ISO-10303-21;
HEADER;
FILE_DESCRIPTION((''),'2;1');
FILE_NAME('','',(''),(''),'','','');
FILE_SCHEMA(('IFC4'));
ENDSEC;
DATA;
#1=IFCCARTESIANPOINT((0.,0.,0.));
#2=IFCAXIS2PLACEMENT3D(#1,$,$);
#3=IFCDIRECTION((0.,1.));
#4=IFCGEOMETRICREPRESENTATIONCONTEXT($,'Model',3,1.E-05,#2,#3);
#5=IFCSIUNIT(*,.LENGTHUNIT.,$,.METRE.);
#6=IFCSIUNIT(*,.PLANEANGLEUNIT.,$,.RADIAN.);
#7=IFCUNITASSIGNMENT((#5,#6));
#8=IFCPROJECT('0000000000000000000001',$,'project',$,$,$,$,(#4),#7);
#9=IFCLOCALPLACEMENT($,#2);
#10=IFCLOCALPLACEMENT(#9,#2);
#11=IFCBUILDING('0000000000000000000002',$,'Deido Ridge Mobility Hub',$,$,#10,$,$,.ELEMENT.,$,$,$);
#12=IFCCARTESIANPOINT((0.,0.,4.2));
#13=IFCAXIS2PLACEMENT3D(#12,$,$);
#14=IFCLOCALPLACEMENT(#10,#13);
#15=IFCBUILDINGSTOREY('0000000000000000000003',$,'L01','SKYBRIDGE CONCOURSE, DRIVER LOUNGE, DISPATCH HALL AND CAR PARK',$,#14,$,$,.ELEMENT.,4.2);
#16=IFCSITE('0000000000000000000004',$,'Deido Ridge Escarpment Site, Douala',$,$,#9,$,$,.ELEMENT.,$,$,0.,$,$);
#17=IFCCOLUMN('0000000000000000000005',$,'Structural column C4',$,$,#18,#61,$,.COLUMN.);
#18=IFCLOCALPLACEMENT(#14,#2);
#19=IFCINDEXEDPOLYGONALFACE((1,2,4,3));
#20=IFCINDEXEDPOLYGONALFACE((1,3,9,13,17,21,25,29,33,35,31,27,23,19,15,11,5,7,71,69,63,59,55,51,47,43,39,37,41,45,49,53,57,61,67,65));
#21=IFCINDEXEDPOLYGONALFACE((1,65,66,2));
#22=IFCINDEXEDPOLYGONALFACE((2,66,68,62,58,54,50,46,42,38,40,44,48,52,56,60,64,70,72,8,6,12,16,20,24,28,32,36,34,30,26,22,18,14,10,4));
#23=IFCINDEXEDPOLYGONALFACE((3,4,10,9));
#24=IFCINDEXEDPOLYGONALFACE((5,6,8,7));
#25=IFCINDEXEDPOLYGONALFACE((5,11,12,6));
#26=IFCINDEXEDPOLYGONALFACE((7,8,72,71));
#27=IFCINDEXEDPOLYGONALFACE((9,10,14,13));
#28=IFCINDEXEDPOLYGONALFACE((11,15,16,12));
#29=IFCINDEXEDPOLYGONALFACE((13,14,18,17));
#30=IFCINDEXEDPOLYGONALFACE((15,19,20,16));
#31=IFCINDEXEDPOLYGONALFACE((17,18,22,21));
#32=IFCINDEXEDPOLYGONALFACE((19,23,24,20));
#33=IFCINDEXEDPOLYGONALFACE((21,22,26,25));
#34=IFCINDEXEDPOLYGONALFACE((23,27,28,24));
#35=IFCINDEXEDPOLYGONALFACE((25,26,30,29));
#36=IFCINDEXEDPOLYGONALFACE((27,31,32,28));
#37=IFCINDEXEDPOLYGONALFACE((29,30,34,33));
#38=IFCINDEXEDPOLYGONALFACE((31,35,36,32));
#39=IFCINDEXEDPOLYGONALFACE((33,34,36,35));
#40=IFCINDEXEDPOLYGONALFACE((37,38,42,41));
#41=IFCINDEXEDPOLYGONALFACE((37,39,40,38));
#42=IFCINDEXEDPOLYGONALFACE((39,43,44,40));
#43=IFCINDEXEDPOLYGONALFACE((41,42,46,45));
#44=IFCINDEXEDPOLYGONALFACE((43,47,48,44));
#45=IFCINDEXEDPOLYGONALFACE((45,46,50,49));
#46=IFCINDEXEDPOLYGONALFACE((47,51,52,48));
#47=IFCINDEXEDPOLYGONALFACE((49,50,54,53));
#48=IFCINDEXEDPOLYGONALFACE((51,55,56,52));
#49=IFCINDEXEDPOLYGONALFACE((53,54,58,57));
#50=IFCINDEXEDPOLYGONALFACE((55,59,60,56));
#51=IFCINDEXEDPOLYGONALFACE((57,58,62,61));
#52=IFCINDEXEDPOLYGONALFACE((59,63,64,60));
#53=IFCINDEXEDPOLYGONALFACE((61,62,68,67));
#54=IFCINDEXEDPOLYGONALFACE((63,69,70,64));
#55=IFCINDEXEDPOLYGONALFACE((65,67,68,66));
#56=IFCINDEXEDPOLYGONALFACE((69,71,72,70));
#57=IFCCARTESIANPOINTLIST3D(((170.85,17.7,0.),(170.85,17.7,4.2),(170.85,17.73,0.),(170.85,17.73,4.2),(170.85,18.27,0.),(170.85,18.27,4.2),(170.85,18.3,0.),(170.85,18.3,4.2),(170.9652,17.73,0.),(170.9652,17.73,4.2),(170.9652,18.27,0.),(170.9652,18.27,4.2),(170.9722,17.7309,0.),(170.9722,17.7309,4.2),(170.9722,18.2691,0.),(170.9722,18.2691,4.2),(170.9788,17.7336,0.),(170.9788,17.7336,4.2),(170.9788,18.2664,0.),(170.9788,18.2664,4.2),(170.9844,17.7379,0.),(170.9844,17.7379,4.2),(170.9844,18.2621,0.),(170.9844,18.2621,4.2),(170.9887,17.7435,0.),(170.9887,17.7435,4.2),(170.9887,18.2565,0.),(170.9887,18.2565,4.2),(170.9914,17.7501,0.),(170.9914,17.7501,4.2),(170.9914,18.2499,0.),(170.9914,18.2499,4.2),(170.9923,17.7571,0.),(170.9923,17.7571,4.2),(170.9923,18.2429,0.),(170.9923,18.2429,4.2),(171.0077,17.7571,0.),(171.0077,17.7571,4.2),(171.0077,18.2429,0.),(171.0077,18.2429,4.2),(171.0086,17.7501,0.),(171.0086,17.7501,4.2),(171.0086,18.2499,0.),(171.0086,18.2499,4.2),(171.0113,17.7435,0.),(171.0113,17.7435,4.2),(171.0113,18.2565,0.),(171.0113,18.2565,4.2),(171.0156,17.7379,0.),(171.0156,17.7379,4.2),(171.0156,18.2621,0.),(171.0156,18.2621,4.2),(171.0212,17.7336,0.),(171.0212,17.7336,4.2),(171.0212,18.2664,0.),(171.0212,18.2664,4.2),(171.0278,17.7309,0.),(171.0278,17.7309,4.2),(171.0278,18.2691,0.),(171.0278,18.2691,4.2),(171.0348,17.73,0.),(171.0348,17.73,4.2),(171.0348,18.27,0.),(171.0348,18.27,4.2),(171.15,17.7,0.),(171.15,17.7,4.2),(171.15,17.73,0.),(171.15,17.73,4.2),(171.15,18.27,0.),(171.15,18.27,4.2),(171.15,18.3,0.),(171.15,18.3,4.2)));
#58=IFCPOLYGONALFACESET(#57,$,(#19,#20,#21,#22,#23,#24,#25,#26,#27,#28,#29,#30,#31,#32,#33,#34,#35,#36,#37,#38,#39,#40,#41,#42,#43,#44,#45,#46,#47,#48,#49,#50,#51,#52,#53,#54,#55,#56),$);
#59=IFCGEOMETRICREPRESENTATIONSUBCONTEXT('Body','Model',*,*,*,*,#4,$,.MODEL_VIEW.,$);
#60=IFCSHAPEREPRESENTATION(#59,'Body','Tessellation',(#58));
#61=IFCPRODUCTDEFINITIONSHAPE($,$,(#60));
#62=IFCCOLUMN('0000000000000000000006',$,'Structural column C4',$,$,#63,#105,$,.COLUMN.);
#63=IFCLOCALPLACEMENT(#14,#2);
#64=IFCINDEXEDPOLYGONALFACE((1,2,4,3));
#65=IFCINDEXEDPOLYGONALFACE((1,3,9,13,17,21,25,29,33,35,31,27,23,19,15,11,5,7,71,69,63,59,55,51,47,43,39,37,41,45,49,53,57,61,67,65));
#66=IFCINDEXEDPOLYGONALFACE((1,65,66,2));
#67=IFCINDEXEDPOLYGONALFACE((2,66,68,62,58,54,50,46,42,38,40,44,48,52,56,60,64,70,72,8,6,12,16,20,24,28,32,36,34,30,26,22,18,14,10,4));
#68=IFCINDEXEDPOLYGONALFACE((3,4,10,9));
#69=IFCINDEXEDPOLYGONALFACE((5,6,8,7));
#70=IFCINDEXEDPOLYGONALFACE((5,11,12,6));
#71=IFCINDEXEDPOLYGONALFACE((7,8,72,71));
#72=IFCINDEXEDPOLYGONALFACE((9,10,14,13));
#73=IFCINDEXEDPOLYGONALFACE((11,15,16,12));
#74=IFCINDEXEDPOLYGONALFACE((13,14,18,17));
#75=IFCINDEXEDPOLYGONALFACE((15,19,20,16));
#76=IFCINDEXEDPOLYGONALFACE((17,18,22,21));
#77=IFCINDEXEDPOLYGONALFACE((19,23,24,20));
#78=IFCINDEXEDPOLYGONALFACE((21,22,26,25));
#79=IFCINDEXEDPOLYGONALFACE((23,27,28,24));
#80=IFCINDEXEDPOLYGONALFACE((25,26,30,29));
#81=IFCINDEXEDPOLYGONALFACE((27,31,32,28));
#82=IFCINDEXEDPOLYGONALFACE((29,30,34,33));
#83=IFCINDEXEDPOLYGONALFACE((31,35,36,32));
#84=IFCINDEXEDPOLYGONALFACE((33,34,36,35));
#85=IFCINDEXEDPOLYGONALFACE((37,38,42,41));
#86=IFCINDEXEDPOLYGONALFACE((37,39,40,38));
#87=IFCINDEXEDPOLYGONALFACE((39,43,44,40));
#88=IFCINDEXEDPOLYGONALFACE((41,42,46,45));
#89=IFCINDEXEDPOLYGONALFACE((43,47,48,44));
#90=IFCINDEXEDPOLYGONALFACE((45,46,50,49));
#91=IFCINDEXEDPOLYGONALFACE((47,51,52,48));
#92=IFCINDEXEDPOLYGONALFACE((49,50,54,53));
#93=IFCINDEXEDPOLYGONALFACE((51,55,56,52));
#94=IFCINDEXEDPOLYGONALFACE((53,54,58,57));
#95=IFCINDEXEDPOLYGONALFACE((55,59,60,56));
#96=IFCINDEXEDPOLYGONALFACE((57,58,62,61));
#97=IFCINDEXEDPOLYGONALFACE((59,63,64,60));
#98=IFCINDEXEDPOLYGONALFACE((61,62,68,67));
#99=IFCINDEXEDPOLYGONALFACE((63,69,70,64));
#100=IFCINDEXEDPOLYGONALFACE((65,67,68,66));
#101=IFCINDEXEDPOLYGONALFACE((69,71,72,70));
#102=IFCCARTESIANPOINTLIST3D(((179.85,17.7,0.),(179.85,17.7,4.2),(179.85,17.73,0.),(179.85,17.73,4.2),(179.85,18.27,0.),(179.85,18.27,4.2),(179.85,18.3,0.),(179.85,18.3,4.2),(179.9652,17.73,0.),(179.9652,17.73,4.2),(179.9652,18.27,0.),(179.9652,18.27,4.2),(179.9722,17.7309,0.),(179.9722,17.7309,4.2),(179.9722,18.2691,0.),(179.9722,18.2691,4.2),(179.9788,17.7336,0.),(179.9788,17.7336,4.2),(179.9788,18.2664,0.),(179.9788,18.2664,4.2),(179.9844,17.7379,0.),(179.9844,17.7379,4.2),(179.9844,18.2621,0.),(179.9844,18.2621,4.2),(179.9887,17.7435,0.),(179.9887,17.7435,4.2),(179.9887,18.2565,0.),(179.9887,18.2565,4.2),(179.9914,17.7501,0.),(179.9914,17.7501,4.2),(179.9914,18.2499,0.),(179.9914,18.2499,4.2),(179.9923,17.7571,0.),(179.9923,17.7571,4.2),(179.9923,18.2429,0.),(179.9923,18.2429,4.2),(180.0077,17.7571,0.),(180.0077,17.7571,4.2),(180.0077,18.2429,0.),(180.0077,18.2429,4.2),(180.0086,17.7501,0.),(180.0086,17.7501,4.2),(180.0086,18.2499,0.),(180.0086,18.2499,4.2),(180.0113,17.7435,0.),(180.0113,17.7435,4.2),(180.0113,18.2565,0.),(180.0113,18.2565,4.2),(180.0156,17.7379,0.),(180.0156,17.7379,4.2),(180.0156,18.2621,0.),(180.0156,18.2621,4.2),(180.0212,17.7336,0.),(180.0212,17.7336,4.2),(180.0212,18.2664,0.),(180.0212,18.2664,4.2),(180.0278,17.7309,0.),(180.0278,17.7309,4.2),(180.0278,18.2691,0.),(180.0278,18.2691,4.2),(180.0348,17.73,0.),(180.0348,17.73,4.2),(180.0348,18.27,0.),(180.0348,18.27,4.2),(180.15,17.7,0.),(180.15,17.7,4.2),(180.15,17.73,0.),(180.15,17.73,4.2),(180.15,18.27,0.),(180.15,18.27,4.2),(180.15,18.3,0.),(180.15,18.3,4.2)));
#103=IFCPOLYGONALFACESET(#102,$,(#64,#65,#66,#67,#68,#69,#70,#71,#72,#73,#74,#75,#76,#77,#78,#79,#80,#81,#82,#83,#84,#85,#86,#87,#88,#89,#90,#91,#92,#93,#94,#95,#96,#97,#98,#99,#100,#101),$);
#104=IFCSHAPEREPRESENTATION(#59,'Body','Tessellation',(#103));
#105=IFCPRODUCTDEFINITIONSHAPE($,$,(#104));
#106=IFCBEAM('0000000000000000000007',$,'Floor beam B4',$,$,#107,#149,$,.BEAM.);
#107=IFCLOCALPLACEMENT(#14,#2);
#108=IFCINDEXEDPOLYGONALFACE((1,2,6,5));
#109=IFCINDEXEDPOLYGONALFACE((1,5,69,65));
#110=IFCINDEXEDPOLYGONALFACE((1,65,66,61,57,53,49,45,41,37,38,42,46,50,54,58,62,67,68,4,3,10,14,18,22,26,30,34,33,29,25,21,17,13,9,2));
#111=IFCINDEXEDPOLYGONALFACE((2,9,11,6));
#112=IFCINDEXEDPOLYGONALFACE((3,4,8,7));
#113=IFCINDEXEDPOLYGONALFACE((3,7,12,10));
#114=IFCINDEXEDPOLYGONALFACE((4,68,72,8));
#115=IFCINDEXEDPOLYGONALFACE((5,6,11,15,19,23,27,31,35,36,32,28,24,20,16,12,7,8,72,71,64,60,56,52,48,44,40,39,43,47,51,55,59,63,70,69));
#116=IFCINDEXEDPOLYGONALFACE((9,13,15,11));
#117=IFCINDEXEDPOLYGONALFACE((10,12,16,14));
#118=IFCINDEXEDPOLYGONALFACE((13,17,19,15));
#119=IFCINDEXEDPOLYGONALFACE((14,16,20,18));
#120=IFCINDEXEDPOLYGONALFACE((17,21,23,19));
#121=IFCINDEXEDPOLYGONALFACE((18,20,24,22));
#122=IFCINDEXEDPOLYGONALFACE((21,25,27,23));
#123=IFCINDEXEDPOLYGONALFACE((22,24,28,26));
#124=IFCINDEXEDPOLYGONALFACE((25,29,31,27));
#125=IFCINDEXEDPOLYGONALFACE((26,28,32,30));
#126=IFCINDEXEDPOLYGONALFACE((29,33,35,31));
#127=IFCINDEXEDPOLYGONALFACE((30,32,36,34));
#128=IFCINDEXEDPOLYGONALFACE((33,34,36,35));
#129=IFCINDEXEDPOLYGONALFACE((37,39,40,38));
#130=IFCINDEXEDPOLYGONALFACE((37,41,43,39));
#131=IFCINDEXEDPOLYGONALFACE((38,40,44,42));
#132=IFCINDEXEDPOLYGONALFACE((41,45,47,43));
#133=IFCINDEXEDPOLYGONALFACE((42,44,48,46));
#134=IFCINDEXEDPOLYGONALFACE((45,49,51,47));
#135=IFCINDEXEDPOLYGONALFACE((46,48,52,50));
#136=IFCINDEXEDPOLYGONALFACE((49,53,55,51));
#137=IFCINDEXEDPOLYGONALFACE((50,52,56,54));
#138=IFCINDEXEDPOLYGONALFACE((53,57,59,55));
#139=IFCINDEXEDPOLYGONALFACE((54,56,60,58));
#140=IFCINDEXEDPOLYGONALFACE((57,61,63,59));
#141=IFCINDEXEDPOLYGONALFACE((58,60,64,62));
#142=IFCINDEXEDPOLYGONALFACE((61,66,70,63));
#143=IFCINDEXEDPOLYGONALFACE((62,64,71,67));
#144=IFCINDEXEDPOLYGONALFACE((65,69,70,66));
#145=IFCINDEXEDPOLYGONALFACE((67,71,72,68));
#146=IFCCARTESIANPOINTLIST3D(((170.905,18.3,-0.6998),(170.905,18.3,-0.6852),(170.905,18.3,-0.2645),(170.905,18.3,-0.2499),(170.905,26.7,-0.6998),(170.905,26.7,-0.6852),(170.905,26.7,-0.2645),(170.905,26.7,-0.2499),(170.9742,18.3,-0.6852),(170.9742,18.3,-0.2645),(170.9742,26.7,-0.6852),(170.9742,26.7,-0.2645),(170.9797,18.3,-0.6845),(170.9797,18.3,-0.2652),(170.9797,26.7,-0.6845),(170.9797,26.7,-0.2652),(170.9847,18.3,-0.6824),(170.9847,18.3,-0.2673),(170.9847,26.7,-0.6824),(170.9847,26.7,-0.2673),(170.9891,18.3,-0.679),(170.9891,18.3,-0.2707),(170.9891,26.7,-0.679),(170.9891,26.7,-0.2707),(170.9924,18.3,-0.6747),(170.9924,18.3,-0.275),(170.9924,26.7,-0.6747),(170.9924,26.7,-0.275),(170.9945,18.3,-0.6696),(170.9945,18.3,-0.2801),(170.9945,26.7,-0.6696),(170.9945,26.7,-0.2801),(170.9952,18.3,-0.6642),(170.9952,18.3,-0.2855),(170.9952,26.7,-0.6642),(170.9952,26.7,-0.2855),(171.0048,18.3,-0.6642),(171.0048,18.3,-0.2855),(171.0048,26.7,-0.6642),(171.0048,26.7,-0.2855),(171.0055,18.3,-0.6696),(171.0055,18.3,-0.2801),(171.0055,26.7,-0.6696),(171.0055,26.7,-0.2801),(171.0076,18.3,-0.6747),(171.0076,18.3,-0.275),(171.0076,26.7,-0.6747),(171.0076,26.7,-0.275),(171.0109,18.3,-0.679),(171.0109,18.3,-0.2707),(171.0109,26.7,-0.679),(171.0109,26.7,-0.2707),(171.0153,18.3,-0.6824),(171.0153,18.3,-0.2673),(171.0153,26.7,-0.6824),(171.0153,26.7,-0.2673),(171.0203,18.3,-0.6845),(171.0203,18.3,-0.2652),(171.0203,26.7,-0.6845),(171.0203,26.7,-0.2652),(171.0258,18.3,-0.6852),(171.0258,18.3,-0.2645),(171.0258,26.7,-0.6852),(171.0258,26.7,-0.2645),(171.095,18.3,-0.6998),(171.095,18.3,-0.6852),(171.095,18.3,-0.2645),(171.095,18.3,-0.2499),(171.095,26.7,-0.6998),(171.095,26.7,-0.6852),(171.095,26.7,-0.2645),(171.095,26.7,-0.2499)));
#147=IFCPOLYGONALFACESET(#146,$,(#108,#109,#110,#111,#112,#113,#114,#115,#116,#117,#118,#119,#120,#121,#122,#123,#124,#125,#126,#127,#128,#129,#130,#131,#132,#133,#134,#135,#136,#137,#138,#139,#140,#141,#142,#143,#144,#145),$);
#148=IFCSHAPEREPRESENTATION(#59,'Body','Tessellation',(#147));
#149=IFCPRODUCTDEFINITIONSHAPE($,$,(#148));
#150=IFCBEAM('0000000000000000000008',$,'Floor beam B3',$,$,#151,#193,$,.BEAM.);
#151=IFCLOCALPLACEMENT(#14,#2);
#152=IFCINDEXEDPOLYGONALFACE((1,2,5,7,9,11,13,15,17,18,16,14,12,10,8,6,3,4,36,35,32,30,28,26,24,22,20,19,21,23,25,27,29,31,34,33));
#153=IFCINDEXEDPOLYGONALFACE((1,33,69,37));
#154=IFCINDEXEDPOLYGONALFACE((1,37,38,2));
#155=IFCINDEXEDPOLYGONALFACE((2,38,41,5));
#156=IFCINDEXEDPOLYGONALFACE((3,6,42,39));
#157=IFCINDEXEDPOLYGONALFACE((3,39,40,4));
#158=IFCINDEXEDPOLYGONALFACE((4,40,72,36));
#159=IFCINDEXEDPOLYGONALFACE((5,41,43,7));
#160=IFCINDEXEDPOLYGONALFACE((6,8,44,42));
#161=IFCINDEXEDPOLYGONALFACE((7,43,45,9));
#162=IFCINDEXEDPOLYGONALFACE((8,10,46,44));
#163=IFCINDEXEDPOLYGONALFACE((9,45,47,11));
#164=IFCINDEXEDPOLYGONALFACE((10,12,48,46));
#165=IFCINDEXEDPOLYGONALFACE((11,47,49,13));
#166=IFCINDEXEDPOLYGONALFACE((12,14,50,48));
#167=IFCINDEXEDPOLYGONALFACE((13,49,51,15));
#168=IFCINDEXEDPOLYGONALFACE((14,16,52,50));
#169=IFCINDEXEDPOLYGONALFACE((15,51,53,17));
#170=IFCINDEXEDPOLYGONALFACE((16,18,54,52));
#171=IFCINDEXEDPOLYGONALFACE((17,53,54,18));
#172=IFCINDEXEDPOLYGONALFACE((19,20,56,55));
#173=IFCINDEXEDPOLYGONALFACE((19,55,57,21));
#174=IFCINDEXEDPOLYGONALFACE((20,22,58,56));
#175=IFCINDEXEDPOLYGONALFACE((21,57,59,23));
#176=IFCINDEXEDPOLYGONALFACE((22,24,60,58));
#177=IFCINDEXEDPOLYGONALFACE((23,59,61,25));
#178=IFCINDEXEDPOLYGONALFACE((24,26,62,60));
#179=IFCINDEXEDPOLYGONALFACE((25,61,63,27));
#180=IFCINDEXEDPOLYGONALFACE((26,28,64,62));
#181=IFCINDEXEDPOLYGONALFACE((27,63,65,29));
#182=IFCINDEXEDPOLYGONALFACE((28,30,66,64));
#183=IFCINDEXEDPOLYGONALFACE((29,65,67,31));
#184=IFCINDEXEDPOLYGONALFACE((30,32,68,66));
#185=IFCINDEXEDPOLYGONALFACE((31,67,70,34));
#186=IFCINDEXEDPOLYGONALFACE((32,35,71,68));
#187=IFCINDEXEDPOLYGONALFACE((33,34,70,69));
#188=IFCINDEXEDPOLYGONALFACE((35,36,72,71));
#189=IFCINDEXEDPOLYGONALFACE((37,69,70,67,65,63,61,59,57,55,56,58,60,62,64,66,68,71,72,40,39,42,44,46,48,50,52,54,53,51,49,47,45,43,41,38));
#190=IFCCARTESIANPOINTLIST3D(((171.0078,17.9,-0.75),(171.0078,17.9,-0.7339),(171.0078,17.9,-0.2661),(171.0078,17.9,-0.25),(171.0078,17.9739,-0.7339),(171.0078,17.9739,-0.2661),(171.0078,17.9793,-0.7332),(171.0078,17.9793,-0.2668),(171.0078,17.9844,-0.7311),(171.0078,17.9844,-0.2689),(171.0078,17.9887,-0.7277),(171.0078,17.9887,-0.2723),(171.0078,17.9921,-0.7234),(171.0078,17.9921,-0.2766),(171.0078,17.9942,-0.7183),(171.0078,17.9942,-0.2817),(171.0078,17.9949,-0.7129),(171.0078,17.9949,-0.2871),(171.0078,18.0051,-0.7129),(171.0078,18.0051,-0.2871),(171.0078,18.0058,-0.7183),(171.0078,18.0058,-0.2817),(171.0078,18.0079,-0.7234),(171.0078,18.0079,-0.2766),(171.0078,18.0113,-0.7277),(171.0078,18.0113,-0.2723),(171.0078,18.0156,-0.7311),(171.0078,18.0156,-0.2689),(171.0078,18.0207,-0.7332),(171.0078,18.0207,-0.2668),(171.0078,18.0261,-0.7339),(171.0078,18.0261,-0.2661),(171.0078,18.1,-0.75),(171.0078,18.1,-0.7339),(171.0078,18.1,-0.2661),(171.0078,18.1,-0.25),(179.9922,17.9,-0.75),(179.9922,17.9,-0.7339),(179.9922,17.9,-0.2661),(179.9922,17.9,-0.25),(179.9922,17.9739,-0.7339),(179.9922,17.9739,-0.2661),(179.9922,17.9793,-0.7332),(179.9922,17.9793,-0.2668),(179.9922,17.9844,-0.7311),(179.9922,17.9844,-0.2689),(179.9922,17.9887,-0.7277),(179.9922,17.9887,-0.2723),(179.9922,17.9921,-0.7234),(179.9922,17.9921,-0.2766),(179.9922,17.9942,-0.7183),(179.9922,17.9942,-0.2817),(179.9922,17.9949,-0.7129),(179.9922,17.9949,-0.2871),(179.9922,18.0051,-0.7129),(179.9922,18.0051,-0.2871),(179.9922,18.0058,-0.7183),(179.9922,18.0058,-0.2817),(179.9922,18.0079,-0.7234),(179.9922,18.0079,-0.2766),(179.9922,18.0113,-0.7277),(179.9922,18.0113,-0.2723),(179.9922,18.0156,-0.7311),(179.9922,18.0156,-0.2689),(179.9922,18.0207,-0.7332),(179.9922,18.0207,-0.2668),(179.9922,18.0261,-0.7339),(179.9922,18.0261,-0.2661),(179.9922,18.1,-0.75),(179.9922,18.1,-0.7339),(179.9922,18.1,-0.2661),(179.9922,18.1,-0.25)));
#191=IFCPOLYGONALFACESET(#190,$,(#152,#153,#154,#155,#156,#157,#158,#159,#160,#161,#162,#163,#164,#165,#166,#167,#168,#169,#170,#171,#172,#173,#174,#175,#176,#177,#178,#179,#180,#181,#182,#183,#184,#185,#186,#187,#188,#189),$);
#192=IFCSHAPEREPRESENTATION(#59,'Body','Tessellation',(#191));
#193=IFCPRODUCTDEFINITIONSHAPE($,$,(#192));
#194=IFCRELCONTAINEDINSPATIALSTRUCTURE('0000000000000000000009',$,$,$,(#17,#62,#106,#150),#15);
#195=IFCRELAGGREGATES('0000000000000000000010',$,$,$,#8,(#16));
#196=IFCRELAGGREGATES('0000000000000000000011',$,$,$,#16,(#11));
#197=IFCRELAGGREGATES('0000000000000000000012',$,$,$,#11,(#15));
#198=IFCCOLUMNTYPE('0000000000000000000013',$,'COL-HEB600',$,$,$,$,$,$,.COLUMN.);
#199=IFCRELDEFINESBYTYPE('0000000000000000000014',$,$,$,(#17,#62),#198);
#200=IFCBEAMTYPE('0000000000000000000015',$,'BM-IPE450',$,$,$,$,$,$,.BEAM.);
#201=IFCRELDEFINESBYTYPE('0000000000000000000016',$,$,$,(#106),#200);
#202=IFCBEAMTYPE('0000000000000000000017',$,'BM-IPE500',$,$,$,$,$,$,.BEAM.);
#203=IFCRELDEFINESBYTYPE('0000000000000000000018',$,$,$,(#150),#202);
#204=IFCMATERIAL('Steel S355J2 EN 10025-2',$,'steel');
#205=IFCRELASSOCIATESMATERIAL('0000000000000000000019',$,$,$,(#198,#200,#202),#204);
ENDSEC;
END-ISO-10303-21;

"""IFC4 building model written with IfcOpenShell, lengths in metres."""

from ifc_helpers import new_model, si_unit, direction, frame, origin, origin_2d, place, context, subcontext, project, spatial, i_section, extrude, material, material_profile, profile_set, type_object, element, save


model = new_model("IFC4")

# Units and contexts
model_context = context("Model", 3, precision=1e-05, world=origin(), true_north=direction((0.0, 1.0)))
body_context = subcontext(model_context, "Body", "Model", "MODEL_VIEW")
ifc_project = project(units=[si_unit("LENGTHUNIT", "METRE"), si_unit("PLANEANGLEUNIT", "RADIAN")], contexts=[model_context])

# Site, building, storey
site_placement = place(None, origin())
site = spatial("IfcSite", under=ifc_project, at=site_placement, Name="Deido Ridge Escarpment Site, Douala", CompositionType="ELEMENT", RefElevation=0.0)
building_placement = place(site_placement, origin())
building = spatial("IfcBuilding", under=site, at=building_placement, Name="Deido Ridge Mobility Hub", CompositionType="ELEMENT")
storey_placement = place(building_placement, frame((0.0, 0.0, 4.2)))
storey = spatial("IfcBuildingStorey", under=building, at=storey_placement, Name="L01", Description="SKYBRIDGE CONCOURSE, DRIVER LOUNGE, DISPATCH HALL AND CAR PARK", CompositionType="ELEMENT", Elevation=4.2)

# Columns
ifc_material_1 = material(Name="Steel S355J2 EN 10025-2", Category="steel")
ifc_material_profile_1 = material_profile(ifc_material_1, i_section(OverallWidth=0.3, OverallDepth=0.6001, WebThickness=0.0154, FlangeThickness=0.03, FilletRadius=0.0271, at=origin_2d()), Name="HEB 600")
ifc_profile_set_1 = profile_set([ifc_material_profile_1], Name="Steel S355J2 EN 10025-2")
column_type = type_object("IfcColumnType", Name="COL-HEB600", PredefinedType="COLUMN", material=ifc_profile_set_1)
for number, where, z_axis, x_axis, name in (
    (1, (171.0, 18.0, 0.0), (0.0, 0.0, 1.0), (1.0, 0.0, 0.0), "Structural column C4"),
    (2, (180.0, 18.0, 0.0), (0.0, 0.0, 1.0), (1.0, 0.0, 0.0), "Structural column C4"),
):
    element("IfcColumn", number, at=place(storey_placement, frame(where, z_axis=z_axis, x_axis=x_axis)), inside=storey, type_object=column_type, Name=name, PredefinedType="COLUMN", context=body_context, shape_type="SweptSolid", body=[
        extrude(i_section(OverallWidth=0.3, OverallDepth=0.6001, WebThickness=0.0154, FlangeThickness=0.03, FilletRadius=0.0271, at=origin_2d()), origin(), (0.0, 0.0, 1.0), 4.2),
    ])

# Beams
ifc_material_profile_2 = material_profile(ifc_material_1, i_section(OverallWidth=0.1899, OverallDepth=0.45, WebThickness=0.0095, FlangeThickness=0.0146, FilletRadius=0.021, at=origin_2d()), Name="IPE 450")
ifc_profile_set_2 = profile_set([ifc_material_profile_2], Name="Steel S355J2 EN 10025-2")
beam_type_1 = type_object("IfcBeamType", Name="BM-IPE450", PredefinedType="BEAM", material=ifc_profile_set_2)
beam_1_placement = place(storey_placement, frame((171.0, 18.3, -0.4749), z_axis=(0.0, 1.0, 0.0), x_axis=(-1.0, 0.0, 0.0)))
element("IfcBeam", 3, at=beam_1_placement, inside=storey, type_object=beam_type_1, Name="Floor beam B4", PredefinedType="BEAM", context=body_context, shape_type="SweptSolid", body=[
    extrude(i_section(OverallWidth=0.1899, OverallDepth=0.45, WebThickness=0.0095, FlangeThickness=0.0146, FilletRadius=0.021, at=origin_2d()), origin(), (0.0, 0.0, 1.0), 8.3999),
])
ifc_material_profile_3 = material_profile(ifc_material_1, i_section(OverallWidth=0.2, OverallDepth=0.5, WebThickness=0.0103, FlangeThickness=0.0161, FilletRadius=0.021, at=origin_2d()), Name="IPE 500")
ifc_profile_set_3 = profile_set([ifc_material_profile_3], Name="Steel S355J2 EN 10025-2")
beam_type_2 = type_object("IfcBeamType", Name="BM-IPE500", PredefinedType="BEAM", material=ifc_profile_set_3)
beam_2_placement = place(storey_placement, frame((171.0078, 18.0, -0.5), z_axis=(1.0, 0.0, 0.0), x_axis=(0.0, 1.0, 0.0)))
element("IfcBeam", 4, at=beam_2_placement, inside=storey, type_object=beam_type_2, Name="Floor beam B3", PredefinedType="BEAM", context=body_context, shape_type="SweptSolid", body=[
    extrude(i_section(OverallWidth=0.2, OverallDepth=0.5, WebThickness=0.0103, FlangeThickness=0.0161, FilletRadius=0.021, at=origin_2d()), origin(), (0.0, 0.0, 1.0), 8.9844),
])

save(model, "model.ifc")
